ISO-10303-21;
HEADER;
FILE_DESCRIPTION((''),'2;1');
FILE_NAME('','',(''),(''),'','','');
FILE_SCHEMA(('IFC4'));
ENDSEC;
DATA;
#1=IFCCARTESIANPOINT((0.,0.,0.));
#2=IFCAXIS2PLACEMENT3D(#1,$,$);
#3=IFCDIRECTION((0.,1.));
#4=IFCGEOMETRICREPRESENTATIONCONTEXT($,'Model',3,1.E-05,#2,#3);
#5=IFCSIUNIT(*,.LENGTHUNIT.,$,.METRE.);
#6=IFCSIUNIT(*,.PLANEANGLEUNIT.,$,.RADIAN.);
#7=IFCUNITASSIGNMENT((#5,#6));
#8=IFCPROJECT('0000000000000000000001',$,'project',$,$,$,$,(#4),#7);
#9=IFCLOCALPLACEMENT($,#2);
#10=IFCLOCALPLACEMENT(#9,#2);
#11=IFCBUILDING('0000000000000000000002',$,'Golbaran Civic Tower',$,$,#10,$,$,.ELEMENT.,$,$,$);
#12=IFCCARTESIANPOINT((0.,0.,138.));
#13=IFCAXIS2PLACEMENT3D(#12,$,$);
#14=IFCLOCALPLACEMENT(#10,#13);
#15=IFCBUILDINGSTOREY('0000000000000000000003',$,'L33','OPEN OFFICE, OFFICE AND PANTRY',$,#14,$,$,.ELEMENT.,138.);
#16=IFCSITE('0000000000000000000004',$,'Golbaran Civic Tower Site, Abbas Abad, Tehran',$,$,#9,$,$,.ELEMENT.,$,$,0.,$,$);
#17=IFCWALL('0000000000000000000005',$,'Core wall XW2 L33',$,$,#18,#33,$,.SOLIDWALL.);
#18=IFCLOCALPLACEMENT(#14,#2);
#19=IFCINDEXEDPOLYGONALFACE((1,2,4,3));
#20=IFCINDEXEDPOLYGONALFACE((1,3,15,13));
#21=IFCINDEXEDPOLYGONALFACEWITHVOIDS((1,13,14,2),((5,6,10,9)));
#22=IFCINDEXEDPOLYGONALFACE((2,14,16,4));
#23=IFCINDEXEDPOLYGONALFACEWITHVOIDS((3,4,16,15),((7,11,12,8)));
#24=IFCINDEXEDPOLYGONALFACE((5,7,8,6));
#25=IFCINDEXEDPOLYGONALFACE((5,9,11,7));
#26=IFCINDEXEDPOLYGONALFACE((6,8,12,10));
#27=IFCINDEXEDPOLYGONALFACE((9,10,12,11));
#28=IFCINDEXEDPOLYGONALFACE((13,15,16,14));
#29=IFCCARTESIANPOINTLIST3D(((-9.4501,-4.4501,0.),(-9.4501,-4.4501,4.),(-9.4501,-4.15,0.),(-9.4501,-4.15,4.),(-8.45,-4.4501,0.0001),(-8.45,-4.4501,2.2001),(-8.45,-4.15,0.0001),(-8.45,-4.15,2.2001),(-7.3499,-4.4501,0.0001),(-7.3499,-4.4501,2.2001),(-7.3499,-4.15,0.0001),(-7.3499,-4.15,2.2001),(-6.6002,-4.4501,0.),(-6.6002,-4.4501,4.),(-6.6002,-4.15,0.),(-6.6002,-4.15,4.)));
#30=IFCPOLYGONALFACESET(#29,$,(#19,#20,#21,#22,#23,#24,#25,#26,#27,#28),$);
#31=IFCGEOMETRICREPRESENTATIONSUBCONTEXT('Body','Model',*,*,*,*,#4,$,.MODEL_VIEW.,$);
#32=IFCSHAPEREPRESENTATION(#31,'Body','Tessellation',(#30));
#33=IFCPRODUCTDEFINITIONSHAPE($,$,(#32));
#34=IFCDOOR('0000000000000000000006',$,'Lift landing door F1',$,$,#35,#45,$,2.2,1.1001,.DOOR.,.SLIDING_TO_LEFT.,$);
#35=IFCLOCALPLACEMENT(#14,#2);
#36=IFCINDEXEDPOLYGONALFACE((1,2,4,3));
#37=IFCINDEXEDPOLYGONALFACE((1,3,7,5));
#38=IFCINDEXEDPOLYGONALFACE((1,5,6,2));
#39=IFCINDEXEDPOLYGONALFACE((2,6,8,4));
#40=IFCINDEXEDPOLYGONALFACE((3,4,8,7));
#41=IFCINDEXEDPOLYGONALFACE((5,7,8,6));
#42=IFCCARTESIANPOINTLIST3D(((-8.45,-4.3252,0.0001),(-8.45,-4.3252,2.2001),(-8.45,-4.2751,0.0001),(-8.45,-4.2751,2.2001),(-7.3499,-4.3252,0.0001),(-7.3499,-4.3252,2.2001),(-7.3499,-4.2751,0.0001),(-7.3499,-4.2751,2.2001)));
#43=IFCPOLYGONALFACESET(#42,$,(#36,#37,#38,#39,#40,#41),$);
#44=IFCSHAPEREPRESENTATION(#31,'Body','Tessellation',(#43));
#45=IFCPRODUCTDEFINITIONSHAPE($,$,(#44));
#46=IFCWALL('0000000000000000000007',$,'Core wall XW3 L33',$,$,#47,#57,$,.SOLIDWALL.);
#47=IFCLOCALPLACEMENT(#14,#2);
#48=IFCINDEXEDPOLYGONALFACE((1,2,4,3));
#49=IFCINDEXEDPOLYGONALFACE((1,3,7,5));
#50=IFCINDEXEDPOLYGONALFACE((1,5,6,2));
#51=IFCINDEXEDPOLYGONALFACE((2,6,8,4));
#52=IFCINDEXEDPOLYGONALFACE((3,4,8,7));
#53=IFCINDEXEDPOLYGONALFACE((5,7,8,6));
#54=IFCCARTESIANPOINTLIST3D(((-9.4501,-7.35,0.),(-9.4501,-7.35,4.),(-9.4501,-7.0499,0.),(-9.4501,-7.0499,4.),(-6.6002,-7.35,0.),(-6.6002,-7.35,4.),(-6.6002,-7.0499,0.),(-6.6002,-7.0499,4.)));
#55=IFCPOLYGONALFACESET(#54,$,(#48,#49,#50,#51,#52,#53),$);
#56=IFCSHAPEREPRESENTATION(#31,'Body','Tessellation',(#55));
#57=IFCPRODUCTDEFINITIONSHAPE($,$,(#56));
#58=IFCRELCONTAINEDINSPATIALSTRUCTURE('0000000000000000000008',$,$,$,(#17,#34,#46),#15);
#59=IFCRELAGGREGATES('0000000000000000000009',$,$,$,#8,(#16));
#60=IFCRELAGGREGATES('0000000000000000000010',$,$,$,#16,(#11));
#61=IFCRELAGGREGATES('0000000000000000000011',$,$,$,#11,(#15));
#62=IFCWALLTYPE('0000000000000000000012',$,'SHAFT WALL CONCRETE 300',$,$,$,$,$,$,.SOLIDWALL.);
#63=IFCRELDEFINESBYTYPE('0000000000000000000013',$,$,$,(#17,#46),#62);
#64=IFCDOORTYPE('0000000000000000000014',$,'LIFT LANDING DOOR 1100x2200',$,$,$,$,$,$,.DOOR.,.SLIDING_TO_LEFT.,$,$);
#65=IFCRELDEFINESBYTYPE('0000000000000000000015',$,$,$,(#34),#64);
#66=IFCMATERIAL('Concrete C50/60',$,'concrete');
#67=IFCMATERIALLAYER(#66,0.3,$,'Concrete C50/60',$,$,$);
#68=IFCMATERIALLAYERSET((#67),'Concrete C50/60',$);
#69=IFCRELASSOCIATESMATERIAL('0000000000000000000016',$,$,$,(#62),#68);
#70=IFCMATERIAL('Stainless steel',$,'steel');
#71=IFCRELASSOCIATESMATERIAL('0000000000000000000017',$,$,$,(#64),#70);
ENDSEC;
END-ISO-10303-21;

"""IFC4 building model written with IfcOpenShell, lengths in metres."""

from ifc_helpers import new_model, si_unit, direction, frame, frame_2d, origin, place, context, subcontext, project, spatial, rectangle, extrude, material, layer, layer_set, type_object, element, fill, save


model = new_model("IFC4")

# Units and contexts
model_context = context("Model", 3, precision=1e-05, world=origin(), true_north=direction((0.0, 1.0)))
body_context = subcontext(model_context, "Body", "Model", "MODEL_VIEW")
ifc_project = project(units=[si_unit("LENGTHUNIT", "METRE"), si_unit("PLANEANGLEUNIT", "RADIAN")], contexts=[model_context])

# Site, building, storey
site_placement = place(None, origin())
site = spatial("IfcSite", under=ifc_project, at=site_placement, Name="Golbaran Civic Tower Site, Abbas Abad, Tehran", CompositionType="ELEMENT", RefElevation=0.0)
building_placement = place(site_placement, origin())
building = spatial("IfcBuilding", under=site, at=building_placement, Name="Golbaran Civic Tower", CompositionType="ELEMENT")
storey_placement = place(building_placement, frame((0.0, 0.0, 138.0)))
storey = spatial("IfcBuildingStorey", under=building, at=storey_placement, Name="L33", Description="OPEN OFFICE, OFFICE AND PANTRY", CompositionType="ELEMENT", Elevation=138.0)

# Wall, opening, door
ifc_material_1 = material(Name="Concrete C50/60", Category="concrete")
ifc_layer_1 = layer(ifc_material_1, 0.3, Name="Concrete C50/60")
ifc_layer_set_1 = layer_set([ifc_layer_1], Name="Concrete C50/60")
wall_type_1 = type_object("IfcWallType", Name="SHAFT WALL CONCRETE 300", PredefinedType="SOLIDWALL", material=ifc_layer_set_1)
wall_1_placement = place(storey_placement, frame((-9.45, -4.3, 0.0), z_axis=(0.0, 0.0, 1.0), x_axis=(1.0, 0.0, 0.0)))
wall_1 = element("IfcWall", 1, at=wall_1_placement, inside=storey, type_object=wall_type_1, Name="Core wall XW2 L33", PredefinedType="SOLIDWALL", context=body_context, shape_type="SweptSolid", body=[
    extrude(rectangle(XDim=2.8499, YDim=0.3, at=frame_2d((1.4248, 0.0))), origin(), (0.0, 0.0, 1.0), 4.0),
])
opening_1_placement = place(wall_1_placement, frame((1.0, 0.0, 0.0)))
opening_1 = element("IfcOpeningElement", 2, at=opening_1_placement, cuts=wall_1, PredefinedType="OPENING", context=body_context, shape_type="SweptSolid", body=[
    extrude(rectangle(XDim=1.1001, YDim=2.2, at=frame_2d((0.55, 1.1001))), frame((0.0, 0.1599, 0.0), z_axis=(0.0, -1.0, 0.0), x_axis=(1.0, 0.0, 0.0)), (0.0, 0.0, 1.0), 0.3201),
])
ifc_material_2 = material(Name="Stainless steel", Category="steel")
door_type_1 = type_object("IfcDoorType", Name="LIFT LANDING DOOR 1100x2200", OperationType="SLIDING_TO_LEFT", PredefinedType="DOOR", material=ifc_material_2)
door_1_placement = place(opening_1_placement, origin())
door_1 = element("IfcDoor", 3, at=door_1_placement, inside=storey, type_object=door_type_1, Name="Lift landing door F1", OperationType="SLIDING_TO_LEFT", OverallHeight=2.2, OverallWidth=1.1001, PredefinedType="DOOR", context=body_context, shape_type="SweptSolid", body=[
    extrude(rectangle(XDim=1.1001, YDim=2.2, at=frame_2d((0.55, 1.1001))), frame((0.0, 0.0249, 0.0), z_axis=(0.0, -1.0, 0.0), x_axis=(1.0, 0.0, 0.0)), (0.0, 0.0, 1.0), 0.05),
])
fill(opening_1, door_1)

# Wall
wall_2_placement = place(storey_placement, frame((-9.45, -7.2, 0.0), z_axis=(0.0, 0.0, 1.0), x_axis=(1.0, 0.0, 0.0)))
element("IfcWall", 4, at=wall_2_placement, inside=storey, type_object=wall_type_1, Name="Core wall XW3 L33", PredefinedType="SOLIDWALL", context=body_context, shape_type="SweptSolid", body=[
    extrude(rectangle(XDim=2.8499, YDim=0.3, at=frame_2d((1.4248, 0.0))), origin(), (0.0, 0.0, 1.0), 4.0),
])

save(model, "model.ifc")
